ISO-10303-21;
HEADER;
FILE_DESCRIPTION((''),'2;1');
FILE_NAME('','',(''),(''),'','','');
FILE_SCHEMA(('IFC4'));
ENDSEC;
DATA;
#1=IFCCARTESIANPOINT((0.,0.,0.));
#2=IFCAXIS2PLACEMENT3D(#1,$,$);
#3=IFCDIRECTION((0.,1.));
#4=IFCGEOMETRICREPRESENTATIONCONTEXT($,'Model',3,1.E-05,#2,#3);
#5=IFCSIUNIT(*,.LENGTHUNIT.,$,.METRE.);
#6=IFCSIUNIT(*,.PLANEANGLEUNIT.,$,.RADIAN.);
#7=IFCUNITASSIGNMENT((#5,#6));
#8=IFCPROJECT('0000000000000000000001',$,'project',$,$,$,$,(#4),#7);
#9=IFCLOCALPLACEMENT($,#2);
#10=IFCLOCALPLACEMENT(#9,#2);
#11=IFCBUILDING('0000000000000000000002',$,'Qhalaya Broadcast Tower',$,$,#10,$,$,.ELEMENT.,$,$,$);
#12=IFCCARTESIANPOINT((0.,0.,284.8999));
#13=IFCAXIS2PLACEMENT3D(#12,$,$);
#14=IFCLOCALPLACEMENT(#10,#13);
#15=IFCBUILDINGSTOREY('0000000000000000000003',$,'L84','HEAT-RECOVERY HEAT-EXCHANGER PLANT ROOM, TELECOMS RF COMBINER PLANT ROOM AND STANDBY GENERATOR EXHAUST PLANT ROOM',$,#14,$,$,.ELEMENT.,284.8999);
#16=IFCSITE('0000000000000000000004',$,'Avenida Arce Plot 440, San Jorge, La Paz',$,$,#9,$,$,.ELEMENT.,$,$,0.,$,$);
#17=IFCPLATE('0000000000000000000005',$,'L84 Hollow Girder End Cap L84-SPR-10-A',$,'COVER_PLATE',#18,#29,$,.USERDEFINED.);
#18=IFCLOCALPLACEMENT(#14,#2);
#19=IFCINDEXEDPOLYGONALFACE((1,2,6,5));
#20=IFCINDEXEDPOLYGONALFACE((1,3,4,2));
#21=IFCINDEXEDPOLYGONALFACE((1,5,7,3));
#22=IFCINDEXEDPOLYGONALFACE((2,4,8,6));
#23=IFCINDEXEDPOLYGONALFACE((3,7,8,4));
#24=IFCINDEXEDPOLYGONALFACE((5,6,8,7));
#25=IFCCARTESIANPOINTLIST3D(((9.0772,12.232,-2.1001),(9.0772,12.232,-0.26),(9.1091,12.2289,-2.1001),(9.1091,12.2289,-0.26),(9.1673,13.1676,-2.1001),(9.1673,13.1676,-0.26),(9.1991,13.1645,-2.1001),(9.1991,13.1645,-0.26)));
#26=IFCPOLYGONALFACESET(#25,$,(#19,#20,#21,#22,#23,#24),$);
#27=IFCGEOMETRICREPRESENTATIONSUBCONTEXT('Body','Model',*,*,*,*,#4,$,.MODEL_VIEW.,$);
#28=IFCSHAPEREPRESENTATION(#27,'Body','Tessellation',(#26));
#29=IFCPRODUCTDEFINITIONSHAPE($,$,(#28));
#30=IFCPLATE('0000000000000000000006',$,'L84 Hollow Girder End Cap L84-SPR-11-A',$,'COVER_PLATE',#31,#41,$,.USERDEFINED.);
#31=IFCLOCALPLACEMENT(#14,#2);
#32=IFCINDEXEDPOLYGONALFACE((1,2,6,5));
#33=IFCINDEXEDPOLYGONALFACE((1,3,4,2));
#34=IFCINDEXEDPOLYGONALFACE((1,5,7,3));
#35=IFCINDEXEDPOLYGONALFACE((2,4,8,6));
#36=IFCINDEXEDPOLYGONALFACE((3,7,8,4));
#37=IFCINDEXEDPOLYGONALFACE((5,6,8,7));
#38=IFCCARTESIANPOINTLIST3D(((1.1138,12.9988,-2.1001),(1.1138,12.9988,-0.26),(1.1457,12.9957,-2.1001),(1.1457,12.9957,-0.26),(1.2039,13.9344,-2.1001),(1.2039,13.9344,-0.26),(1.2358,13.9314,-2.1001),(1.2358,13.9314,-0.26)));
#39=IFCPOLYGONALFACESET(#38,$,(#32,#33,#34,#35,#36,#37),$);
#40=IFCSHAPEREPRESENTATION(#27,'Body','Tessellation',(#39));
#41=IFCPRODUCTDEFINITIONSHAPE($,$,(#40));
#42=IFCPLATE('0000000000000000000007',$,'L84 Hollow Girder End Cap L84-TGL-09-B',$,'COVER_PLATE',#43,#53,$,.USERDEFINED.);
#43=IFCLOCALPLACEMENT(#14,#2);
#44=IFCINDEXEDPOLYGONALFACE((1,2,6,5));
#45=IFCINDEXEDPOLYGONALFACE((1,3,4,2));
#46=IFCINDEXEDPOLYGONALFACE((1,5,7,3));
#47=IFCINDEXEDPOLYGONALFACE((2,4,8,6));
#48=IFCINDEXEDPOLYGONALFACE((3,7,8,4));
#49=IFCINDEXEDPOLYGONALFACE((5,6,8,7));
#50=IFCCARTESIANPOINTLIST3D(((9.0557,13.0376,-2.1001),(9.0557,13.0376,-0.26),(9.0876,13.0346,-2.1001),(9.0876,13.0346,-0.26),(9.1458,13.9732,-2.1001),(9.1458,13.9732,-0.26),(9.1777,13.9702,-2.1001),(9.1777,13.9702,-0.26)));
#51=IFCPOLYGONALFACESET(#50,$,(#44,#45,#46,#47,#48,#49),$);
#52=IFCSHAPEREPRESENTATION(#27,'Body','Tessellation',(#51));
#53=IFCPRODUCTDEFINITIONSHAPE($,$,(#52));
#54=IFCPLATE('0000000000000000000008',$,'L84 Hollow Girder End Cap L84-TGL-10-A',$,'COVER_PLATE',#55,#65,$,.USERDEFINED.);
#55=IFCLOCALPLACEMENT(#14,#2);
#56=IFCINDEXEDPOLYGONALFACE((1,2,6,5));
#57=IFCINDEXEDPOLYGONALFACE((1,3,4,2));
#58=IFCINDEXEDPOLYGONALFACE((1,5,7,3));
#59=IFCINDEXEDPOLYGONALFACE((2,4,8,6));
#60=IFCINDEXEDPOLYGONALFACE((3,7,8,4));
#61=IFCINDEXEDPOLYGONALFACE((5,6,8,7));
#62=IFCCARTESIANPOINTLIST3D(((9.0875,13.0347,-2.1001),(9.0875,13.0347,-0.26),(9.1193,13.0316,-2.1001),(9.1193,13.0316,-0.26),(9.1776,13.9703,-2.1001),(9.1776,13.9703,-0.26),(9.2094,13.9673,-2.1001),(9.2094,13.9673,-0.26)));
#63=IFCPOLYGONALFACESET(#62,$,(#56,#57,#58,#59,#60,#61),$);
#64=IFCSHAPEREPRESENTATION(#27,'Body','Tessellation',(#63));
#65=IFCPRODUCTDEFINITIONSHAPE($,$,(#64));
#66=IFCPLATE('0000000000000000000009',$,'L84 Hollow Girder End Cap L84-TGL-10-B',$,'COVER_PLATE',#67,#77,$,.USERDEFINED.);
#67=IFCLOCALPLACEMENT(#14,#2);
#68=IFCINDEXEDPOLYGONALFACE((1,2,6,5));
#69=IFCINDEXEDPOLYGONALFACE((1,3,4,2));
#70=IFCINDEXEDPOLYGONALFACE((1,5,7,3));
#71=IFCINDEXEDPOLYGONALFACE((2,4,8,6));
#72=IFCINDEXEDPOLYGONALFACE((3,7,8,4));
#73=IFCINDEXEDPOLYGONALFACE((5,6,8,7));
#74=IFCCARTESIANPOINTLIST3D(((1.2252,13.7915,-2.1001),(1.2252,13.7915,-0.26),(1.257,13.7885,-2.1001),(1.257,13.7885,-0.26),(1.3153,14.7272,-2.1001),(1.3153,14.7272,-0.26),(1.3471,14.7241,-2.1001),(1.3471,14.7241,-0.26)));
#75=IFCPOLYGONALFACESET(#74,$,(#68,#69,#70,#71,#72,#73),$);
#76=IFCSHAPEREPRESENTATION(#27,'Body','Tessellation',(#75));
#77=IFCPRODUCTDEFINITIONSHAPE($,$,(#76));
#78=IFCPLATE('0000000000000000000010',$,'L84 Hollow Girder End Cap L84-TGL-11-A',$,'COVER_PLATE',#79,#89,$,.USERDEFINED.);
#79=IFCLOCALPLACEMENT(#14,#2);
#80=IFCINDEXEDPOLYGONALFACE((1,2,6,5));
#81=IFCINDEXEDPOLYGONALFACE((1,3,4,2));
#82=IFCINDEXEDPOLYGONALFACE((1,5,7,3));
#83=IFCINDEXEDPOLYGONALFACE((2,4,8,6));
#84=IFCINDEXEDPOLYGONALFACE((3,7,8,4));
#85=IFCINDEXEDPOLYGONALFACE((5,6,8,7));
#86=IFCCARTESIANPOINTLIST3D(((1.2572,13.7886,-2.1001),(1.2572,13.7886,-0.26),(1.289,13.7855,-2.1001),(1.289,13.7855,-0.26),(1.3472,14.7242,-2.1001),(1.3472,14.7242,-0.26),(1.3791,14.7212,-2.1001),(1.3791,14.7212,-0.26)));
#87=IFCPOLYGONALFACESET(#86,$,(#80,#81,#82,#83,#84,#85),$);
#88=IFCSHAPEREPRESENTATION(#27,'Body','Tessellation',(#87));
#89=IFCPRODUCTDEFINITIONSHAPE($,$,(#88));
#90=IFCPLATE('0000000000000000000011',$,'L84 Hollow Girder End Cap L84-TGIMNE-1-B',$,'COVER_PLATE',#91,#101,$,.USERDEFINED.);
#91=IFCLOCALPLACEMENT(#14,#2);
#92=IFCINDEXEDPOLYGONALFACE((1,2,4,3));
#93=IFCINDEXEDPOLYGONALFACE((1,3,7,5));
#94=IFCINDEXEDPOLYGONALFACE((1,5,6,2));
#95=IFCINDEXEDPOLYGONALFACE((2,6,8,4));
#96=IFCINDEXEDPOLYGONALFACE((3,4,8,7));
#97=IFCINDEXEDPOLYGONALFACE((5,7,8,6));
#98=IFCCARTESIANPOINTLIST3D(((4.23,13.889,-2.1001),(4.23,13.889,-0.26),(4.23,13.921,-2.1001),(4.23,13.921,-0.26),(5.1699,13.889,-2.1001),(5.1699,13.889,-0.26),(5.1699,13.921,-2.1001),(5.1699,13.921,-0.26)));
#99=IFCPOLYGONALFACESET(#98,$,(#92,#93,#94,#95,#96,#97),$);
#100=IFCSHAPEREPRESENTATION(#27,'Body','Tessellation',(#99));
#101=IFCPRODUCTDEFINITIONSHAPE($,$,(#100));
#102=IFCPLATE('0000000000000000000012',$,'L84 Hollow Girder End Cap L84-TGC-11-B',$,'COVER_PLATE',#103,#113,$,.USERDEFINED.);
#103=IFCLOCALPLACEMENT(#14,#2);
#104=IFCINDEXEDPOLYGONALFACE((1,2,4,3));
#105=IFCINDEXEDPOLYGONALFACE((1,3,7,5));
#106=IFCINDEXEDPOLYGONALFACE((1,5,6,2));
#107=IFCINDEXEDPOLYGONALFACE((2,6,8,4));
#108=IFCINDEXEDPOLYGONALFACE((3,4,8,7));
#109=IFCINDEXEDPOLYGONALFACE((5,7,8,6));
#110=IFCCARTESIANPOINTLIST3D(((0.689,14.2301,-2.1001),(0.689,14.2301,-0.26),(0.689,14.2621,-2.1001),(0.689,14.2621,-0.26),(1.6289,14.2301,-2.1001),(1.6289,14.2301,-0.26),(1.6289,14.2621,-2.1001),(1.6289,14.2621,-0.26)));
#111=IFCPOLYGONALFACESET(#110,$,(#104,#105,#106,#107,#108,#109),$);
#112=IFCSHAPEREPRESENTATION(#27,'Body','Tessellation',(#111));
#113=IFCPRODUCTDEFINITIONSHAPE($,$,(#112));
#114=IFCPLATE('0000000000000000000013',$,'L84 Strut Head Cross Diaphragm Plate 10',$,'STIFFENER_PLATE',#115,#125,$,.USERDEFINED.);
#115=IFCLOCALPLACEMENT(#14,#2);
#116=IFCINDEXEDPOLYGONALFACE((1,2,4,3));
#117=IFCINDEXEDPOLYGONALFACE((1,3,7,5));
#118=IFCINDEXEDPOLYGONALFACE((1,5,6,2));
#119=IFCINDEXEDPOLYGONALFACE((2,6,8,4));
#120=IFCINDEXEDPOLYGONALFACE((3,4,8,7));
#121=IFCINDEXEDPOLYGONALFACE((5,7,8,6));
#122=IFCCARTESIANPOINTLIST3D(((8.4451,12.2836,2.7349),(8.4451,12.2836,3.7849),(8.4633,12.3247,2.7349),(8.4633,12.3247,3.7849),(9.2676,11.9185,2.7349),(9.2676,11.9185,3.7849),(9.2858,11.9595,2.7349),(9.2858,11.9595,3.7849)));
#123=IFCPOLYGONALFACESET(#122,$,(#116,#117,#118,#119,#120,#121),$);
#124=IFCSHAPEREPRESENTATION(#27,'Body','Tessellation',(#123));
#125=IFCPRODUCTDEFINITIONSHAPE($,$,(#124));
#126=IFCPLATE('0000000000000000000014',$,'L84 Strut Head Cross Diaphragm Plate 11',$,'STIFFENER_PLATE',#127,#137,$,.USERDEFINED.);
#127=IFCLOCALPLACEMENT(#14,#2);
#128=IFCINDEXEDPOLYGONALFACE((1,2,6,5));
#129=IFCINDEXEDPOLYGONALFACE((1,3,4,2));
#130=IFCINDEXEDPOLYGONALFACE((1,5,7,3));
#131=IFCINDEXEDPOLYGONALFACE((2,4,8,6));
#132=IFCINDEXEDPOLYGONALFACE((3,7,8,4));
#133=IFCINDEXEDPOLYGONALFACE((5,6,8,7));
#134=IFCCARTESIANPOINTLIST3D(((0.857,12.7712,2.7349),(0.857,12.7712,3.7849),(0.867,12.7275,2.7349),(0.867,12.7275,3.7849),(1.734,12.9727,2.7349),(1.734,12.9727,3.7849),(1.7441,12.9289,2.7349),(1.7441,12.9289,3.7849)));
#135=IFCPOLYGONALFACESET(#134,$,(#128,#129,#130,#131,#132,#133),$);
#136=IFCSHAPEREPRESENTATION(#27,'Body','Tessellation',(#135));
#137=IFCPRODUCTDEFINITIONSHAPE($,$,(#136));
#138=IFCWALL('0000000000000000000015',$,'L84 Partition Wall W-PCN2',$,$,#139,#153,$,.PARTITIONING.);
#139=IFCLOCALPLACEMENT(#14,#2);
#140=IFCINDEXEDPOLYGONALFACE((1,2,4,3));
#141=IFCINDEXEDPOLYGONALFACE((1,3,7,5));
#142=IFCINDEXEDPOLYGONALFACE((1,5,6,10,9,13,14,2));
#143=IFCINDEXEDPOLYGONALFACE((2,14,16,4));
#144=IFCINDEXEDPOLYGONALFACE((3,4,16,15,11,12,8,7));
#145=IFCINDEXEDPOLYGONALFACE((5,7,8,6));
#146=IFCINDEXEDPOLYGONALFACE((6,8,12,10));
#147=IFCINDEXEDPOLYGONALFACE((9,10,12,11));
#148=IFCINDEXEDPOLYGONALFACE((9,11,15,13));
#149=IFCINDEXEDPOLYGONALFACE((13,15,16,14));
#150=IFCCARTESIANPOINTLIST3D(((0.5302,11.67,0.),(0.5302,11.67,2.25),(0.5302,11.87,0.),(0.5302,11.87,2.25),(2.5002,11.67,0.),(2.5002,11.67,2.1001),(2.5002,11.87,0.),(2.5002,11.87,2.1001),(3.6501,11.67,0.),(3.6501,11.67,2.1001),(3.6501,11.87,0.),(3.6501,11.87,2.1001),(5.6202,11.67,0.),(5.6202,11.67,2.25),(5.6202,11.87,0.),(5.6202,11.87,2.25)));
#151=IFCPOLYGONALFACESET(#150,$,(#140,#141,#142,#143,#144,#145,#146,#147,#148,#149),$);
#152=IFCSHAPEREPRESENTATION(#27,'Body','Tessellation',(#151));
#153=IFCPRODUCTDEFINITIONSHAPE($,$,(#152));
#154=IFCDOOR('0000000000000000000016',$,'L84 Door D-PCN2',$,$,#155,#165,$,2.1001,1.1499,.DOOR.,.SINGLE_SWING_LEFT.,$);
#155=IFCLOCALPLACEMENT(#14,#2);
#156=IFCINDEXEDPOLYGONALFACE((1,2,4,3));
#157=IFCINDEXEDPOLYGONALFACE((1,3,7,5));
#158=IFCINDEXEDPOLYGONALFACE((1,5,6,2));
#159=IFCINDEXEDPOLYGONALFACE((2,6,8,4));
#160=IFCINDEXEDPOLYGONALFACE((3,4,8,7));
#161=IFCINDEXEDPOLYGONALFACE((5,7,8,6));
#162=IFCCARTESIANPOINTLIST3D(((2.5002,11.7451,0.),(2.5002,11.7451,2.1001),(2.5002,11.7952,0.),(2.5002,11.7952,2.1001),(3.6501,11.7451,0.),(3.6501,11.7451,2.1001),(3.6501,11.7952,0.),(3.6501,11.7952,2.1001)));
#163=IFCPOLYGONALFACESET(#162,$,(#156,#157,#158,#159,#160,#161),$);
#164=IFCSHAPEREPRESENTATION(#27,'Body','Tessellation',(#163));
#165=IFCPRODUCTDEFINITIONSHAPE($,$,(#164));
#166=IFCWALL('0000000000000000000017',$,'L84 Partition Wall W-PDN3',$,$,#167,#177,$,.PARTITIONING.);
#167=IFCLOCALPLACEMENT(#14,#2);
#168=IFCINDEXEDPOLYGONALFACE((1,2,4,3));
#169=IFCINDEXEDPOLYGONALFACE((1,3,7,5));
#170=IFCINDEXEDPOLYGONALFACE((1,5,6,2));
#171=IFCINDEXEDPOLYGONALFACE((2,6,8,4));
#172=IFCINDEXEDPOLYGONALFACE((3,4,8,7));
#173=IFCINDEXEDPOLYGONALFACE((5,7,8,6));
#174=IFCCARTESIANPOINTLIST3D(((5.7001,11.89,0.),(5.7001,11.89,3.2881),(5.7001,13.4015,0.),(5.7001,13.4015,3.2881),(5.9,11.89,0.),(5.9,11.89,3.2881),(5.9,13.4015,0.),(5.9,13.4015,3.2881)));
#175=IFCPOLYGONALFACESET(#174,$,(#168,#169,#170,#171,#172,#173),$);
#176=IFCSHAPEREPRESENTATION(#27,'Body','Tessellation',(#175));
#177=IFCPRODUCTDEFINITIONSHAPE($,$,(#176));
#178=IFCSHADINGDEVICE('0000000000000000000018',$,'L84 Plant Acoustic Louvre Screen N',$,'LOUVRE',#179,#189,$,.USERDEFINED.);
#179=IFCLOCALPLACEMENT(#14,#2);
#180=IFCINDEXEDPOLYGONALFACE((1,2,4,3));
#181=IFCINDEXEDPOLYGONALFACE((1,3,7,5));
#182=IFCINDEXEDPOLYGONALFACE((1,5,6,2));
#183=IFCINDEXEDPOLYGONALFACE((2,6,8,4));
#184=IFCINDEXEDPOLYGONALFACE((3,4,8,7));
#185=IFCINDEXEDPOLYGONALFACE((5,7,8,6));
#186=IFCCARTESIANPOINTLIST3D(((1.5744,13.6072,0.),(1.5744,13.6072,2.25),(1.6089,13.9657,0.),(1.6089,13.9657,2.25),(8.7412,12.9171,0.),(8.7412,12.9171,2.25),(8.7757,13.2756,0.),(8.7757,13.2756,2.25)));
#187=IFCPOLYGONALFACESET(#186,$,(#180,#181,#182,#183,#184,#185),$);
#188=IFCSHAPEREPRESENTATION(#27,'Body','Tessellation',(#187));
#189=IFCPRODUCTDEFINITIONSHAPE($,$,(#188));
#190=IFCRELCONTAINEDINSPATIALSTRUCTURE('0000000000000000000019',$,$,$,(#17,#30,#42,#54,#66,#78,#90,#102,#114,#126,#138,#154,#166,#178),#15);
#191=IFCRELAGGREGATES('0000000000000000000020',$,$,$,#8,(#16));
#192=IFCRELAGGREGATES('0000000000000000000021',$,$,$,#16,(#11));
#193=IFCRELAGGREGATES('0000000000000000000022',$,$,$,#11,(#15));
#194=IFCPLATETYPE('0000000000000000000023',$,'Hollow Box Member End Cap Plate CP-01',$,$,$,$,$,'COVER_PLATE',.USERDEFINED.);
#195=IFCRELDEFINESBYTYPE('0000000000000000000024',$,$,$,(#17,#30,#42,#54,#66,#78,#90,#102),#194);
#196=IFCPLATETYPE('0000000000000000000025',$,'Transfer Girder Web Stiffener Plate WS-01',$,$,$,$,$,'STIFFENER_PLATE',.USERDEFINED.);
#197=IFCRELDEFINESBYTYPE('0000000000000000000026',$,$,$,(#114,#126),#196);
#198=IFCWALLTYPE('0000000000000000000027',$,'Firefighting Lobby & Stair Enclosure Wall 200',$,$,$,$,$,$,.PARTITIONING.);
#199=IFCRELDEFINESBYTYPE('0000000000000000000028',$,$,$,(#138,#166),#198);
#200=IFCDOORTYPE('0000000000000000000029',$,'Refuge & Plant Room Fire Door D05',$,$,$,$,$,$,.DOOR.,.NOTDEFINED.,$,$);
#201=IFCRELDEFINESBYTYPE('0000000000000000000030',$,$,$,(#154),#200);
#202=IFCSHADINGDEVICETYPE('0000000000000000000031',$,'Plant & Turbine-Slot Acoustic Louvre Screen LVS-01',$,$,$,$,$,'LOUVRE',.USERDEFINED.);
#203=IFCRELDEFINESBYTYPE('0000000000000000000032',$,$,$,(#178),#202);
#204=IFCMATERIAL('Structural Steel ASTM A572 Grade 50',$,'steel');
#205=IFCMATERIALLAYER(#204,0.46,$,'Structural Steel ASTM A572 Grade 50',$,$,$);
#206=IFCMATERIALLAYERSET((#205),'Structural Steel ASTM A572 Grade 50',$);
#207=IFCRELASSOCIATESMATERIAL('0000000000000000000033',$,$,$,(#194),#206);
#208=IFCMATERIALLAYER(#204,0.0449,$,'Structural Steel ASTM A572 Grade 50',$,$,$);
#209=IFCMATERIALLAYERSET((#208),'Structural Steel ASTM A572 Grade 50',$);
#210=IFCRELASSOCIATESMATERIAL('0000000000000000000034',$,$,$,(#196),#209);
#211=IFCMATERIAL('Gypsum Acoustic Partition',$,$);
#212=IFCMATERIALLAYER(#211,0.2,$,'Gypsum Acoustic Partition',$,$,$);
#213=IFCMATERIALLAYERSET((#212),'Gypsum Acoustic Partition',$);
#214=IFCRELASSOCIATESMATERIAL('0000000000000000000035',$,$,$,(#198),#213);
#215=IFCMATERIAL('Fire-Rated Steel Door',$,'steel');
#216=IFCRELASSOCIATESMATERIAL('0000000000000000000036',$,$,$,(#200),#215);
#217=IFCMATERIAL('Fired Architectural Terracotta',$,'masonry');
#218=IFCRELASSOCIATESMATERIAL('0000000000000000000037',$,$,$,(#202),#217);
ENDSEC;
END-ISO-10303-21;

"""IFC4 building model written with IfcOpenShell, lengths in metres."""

from ifc_helpers import new_model, si_unit, direction, frame, frame_2d, origin, origin_2d, place, context, subcontext, project, spatial, rectangle, extrude, material, layer, layer_set, type_object, element, fill, save


model = new_model("IFC4")

# Units and contexts
model_context = context("Model", 3, precision=1e-05, world=origin(), true_north=direction((0.0, 1.0)))
body_context = subcontext(model_context, "Body", "Model", "MODEL_VIEW")
ifc_project = project(units=[si_unit("LENGTHUNIT", "METRE"), si_unit("PLANEANGLEUNIT", "RADIAN")], contexts=[model_context])

# Site, building, storey
site_placement = place(None, origin())
site = spatial("IfcSite", under=ifc_project, at=site_placement, Name="Avenida Arce Plot 440, San Jorge, La Paz", CompositionType="ELEMENT", RefElevation=0.0)
building_placement = place(site_placement, origin())
building = spatial("IfcBuilding", under=site, at=building_placement, Name="Qhalaya Broadcast Tower", CompositionType="ELEMENT")
storey_placement = place(building_placement, frame((0.0, 0.0, 284.8999)))
storey = spatial("IfcBuildingStorey", under=building, at=storey_placement, Name="L84", Description="HEAT-RECOVERY HEAT-EXCHANGER PLANT ROOM, TELECOMS RF COMBINER PLANT ROOM AND STANDBY GENERATOR EXHAUST PLANT ROOM", CompositionType="ELEMENT", Elevation=284.8999)

# Shared definitions
ifc_material_1 = material(Name="Structural Steel ASTM A572 Grade 50", Category="steel")

# Plates
ifc_layer_1 = layer(ifc_material_1, 0.46, Name="Structural Steel ASTM A572 Grade 50")
ifc_layer_set_1 = layer_set([ifc_layer_1], Name="Structural Steel ASTM A572 Grade 50")
plate_type_1 = type_object("IfcPlateType", Name="Hollow Box Member End Cap Plate CP-01", ElementType="COVER_PLATE", PredefinedType="USERDEFINED", material=ifc_layer_set_1)
for number, where, z_axis, x_axis, name in (
    (1, (9.1382, 12.6982, -2.1001), (0.0, 0.0, 1.0), (-0.095846, -0.995396, 0.0), "L84 Hollow Girder End Cap L84-SPR-10-A"),
    (2, (1.1748, 13.4651, -2.1001), (0.0, 0.0, 1.0), (-0.095846, -0.995396, 0.0), "L84 Hollow Girder End Cap L84-SPR-11-A"),
    (3, (9.1167, 13.5039, -2.1001), (0.0, 0.0, 1.0), (-0.095828, -0.995398, 0.0), "L84 Hollow Girder End Cap L84-TGL-09-B"),
    (4, (9.1484, 13.501, -2.1001), (0.0, 0.0, 1.0), (-0.095846, -0.995396, 0.0), "L84 Hollow Girder End Cap L84-TGL-10-A"),
    (5, (1.2861, 14.2578, -2.1001), (0.0, 0.0, 1.0), (-0.095846, -0.995396, 0.0), "L84 Hollow Girder End Cap L84-TGL-10-B"),
    (6, (1.3181, 14.2549, -2.1001), (0.0, 0.0, 1.0), (-0.095846, -0.995396, 0.0), "L84 Hollow Girder End Cap L84-TGL-11-A"),
    (7, (4.7, 13.905, -2.1001), (0.0, 0.0, 1.0), (-1.0, 0.0, 0.0), "L84 Hollow Girder End Cap L84-TGIMNE-1-B"),
    (8, (1.1589, 14.2461, -2.1001), (0.0, 0.0, 1.0), (-1.0, 0.0, 0.0), "L84 Hollow Girder End Cap L84-TGC-11-B"),
):
    element("IfcPlate", number, at=place(storey_placement, frame(where, z_axis=z_axis, x_axis=x_axis)), inside=storey, type_object=plate_type_1, Name=name, ObjectType="COVER_PLATE", PredefinedType="USERDEFINED", context=body_context, shape_type="SweptSolid", body=[
        extrude(rectangle(XDim=0.9399, YDim=0.032, at=origin_2d()), origin(), (0.0, 0.0, 1.0), 1.8401),
    ])
ifc_layer_2 = layer(ifc_material_1, 0.0449, Name="Structural Steel ASTM A572 Grade 50")
ifc_layer_set_2 = layer_set([ifc_layer_2], Name="Structural Steel ASTM A572 Grade 50")
plate_type_2 = type_object("IfcPlateType", Name="Transfer Girder Web Stiffener Plate WS-01", ElementType="STIFFENER_PLATE", PredefinedType="USERDEFINED", material=ifc_layer_set_2)
for number, where, z_axis, x_axis, name in (
    (9, (8.8655, 12.1216, 2.7349), (0.0, 0.0, 1.0), (0.913978, -0.405764, 0.0), "L84 Strut Head Cross Diaphragm Plate 10"),
    (10, (1.3005, 12.8501, 2.7349), (0.0, 0.0, 1.0), (0.974613, 0.223897, 0.0), "L84 Strut Head Cross Diaphragm Plate 11"),
):
    element("IfcPlate", number, at=place(storey_placement, frame(where, z_axis=z_axis, x_axis=x_axis)), inside=storey, type_object=plate_type_2, Name=name, ObjectType="STIFFENER_PLATE", PredefinedType="USERDEFINED", context=body_context, shape_type="SweptSolid", body=[
        extrude(rectangle(XDim=0.8999, YDim=0.0449, at=origin_2d()), origin(), (0.0, 0.0, 1.0), 1.05),
    ])

# Wall, opening, door
ifc_material_2 = material(Name="Gypsum Acoustic Partition")
ifc_layer_3 = layer(ifc_material_2, 0.2, Name="Gypsum Acoustic Partition")
ifc_layer_set_3 = layer_set([ifc_layer_3], Name="Gypsum Acoustic Partition")
wall_type = type_object("IfcWallType", Name="Firefighting Lobby & Stair Enclosure Wall 200", PredefinedType="PARTITIONING", material=ifc_layer_set_3)
wall_1_placement = place(storey_placement, frame((5.6201, 11.77, 0.0), z_axis=(0.0, 0.0, 1.0), x_axis=(-1.0, 0.0, 0.0)))
wall_1 = element("IfcWall", 11, at=wall_1_placement, inside=storey, type_object=wall_type, Name="L84 Partition Wall W-PCN2", PredefinedType="PARTITIONING", context=body_context, shape_type="SweptSolid", body=[
    extrude(rectangle(XDim=5.0901, YDim=0.2, at=frame_2d((2.5449, 0.0))), origin(), (0.0, 0.0, 1.0), 2.25),
])
opening_placement = place(wall_1_placement, frame((1.97, 0.0, 0.0)))
opening = element("IfcOpeningElement", 12, at=opening_placement, cuts=wall_1, PredefinedType="OPENING", context=body_context, shape_type="SweptSolid", body=[
    extrude(rectangle(XDim=1.1499, YDim=2.1001, at=frame_2d((0.575, 1.05))), frame((0.0, 0.1121, 0.0), z_axis=(0.0, -1.0, 0.0), x_axis=(1.0, 0.0, 0.0)), (0.0, 0.0, 1.0), 0.2239),
])
ifc_material_3 = material(Name="Fire-Rated Steel Door", Category="steel")
door_type = type_object("IfcDoorType", Name="Refuge & Plant Room Fire Door D05", OperationType="NOTDEFINED", PredefinedType="DOOR", material=ifc_material_3)
door_placement = place(opening_placement, origin())
door = element("IfcDoor", 13, at=door_placement, inside=storey, type_object=door_type, Name="L84 Door D-PCN2", OperationType="SINGLE_SWING_LEFT", OverallHeight=2.1001, OverallWidth=1.1499, PredefinedType="DOOR", context=body_context, shape_type="SweptSolid", body=[
    extrude(rectangle(XDim=1.1499, YDim=2.1001, at=frame_2d((0.575, 1.05))), frame((0.0, 0.0249, 0.0), z_axis=(0.0, -1.0, 0.0), x_axis=(1.0, 0.0, 0.0)), (0.0, 0.0, 1.0), 0.05),
])
fill(opening, door)

# Wall
wall_2_placement = place(storey_placement, frame((5.8, 11.8899, 0.0), z_axis=(0.0, 0.0, 1.0), x_axis=(0.0, 1.0, 0.0)))
element("IfcWall", 14, at=wall_2_placement, inside=storey, type_object=wall_type, Name="L84 Partition Wall W-PDN3", PredefinedType="PARTITIONING", context=body_context, shape_type="SweptSolid", body=[
    extrude(rectangle(XDim=1.5115, YDim=0.2, at=frame_2d((0.7559, 0.0))), origin(), (0.0, 0.0, 1.0), 3.2881),
])

# Shading device
ifc_material_4 = material(Name="Fired Architectural Terracotta", Category="masonry")
shading_device_type = type_object("IfcShadingDeviceType", Name="Plant & Turbine-Slot Acoustic Louvre Screen LVS-01", ElementType="LOUVRE", PredefinedType="USERDEFINED", material=ifc_material_4)
shading_device_placement = place(storey_placement, frame((5.175, 13.4414, 0.0), z_axis=(0.0, 0.0, 1.0), x_axis=(0.995396, -0.095846, 0.0)))
element("IfcShadingDevice", 15, at=shading_device_placement, inside=storey, type_object=shading_device_type, Name="L84 Plant Acoustic Louvre Screen N", ObjectType="LOUVRE", PredefinedType="USERDEFINED", context=body_context, shape_type="SweptSolid", body=[
    extrude(rectangle(XDim=7.2, YDim=0.3601, at=origin_2d()), origin(), (0.0, 0.0, 1.0), 2.25),
])

save(model, "model.ifc")
